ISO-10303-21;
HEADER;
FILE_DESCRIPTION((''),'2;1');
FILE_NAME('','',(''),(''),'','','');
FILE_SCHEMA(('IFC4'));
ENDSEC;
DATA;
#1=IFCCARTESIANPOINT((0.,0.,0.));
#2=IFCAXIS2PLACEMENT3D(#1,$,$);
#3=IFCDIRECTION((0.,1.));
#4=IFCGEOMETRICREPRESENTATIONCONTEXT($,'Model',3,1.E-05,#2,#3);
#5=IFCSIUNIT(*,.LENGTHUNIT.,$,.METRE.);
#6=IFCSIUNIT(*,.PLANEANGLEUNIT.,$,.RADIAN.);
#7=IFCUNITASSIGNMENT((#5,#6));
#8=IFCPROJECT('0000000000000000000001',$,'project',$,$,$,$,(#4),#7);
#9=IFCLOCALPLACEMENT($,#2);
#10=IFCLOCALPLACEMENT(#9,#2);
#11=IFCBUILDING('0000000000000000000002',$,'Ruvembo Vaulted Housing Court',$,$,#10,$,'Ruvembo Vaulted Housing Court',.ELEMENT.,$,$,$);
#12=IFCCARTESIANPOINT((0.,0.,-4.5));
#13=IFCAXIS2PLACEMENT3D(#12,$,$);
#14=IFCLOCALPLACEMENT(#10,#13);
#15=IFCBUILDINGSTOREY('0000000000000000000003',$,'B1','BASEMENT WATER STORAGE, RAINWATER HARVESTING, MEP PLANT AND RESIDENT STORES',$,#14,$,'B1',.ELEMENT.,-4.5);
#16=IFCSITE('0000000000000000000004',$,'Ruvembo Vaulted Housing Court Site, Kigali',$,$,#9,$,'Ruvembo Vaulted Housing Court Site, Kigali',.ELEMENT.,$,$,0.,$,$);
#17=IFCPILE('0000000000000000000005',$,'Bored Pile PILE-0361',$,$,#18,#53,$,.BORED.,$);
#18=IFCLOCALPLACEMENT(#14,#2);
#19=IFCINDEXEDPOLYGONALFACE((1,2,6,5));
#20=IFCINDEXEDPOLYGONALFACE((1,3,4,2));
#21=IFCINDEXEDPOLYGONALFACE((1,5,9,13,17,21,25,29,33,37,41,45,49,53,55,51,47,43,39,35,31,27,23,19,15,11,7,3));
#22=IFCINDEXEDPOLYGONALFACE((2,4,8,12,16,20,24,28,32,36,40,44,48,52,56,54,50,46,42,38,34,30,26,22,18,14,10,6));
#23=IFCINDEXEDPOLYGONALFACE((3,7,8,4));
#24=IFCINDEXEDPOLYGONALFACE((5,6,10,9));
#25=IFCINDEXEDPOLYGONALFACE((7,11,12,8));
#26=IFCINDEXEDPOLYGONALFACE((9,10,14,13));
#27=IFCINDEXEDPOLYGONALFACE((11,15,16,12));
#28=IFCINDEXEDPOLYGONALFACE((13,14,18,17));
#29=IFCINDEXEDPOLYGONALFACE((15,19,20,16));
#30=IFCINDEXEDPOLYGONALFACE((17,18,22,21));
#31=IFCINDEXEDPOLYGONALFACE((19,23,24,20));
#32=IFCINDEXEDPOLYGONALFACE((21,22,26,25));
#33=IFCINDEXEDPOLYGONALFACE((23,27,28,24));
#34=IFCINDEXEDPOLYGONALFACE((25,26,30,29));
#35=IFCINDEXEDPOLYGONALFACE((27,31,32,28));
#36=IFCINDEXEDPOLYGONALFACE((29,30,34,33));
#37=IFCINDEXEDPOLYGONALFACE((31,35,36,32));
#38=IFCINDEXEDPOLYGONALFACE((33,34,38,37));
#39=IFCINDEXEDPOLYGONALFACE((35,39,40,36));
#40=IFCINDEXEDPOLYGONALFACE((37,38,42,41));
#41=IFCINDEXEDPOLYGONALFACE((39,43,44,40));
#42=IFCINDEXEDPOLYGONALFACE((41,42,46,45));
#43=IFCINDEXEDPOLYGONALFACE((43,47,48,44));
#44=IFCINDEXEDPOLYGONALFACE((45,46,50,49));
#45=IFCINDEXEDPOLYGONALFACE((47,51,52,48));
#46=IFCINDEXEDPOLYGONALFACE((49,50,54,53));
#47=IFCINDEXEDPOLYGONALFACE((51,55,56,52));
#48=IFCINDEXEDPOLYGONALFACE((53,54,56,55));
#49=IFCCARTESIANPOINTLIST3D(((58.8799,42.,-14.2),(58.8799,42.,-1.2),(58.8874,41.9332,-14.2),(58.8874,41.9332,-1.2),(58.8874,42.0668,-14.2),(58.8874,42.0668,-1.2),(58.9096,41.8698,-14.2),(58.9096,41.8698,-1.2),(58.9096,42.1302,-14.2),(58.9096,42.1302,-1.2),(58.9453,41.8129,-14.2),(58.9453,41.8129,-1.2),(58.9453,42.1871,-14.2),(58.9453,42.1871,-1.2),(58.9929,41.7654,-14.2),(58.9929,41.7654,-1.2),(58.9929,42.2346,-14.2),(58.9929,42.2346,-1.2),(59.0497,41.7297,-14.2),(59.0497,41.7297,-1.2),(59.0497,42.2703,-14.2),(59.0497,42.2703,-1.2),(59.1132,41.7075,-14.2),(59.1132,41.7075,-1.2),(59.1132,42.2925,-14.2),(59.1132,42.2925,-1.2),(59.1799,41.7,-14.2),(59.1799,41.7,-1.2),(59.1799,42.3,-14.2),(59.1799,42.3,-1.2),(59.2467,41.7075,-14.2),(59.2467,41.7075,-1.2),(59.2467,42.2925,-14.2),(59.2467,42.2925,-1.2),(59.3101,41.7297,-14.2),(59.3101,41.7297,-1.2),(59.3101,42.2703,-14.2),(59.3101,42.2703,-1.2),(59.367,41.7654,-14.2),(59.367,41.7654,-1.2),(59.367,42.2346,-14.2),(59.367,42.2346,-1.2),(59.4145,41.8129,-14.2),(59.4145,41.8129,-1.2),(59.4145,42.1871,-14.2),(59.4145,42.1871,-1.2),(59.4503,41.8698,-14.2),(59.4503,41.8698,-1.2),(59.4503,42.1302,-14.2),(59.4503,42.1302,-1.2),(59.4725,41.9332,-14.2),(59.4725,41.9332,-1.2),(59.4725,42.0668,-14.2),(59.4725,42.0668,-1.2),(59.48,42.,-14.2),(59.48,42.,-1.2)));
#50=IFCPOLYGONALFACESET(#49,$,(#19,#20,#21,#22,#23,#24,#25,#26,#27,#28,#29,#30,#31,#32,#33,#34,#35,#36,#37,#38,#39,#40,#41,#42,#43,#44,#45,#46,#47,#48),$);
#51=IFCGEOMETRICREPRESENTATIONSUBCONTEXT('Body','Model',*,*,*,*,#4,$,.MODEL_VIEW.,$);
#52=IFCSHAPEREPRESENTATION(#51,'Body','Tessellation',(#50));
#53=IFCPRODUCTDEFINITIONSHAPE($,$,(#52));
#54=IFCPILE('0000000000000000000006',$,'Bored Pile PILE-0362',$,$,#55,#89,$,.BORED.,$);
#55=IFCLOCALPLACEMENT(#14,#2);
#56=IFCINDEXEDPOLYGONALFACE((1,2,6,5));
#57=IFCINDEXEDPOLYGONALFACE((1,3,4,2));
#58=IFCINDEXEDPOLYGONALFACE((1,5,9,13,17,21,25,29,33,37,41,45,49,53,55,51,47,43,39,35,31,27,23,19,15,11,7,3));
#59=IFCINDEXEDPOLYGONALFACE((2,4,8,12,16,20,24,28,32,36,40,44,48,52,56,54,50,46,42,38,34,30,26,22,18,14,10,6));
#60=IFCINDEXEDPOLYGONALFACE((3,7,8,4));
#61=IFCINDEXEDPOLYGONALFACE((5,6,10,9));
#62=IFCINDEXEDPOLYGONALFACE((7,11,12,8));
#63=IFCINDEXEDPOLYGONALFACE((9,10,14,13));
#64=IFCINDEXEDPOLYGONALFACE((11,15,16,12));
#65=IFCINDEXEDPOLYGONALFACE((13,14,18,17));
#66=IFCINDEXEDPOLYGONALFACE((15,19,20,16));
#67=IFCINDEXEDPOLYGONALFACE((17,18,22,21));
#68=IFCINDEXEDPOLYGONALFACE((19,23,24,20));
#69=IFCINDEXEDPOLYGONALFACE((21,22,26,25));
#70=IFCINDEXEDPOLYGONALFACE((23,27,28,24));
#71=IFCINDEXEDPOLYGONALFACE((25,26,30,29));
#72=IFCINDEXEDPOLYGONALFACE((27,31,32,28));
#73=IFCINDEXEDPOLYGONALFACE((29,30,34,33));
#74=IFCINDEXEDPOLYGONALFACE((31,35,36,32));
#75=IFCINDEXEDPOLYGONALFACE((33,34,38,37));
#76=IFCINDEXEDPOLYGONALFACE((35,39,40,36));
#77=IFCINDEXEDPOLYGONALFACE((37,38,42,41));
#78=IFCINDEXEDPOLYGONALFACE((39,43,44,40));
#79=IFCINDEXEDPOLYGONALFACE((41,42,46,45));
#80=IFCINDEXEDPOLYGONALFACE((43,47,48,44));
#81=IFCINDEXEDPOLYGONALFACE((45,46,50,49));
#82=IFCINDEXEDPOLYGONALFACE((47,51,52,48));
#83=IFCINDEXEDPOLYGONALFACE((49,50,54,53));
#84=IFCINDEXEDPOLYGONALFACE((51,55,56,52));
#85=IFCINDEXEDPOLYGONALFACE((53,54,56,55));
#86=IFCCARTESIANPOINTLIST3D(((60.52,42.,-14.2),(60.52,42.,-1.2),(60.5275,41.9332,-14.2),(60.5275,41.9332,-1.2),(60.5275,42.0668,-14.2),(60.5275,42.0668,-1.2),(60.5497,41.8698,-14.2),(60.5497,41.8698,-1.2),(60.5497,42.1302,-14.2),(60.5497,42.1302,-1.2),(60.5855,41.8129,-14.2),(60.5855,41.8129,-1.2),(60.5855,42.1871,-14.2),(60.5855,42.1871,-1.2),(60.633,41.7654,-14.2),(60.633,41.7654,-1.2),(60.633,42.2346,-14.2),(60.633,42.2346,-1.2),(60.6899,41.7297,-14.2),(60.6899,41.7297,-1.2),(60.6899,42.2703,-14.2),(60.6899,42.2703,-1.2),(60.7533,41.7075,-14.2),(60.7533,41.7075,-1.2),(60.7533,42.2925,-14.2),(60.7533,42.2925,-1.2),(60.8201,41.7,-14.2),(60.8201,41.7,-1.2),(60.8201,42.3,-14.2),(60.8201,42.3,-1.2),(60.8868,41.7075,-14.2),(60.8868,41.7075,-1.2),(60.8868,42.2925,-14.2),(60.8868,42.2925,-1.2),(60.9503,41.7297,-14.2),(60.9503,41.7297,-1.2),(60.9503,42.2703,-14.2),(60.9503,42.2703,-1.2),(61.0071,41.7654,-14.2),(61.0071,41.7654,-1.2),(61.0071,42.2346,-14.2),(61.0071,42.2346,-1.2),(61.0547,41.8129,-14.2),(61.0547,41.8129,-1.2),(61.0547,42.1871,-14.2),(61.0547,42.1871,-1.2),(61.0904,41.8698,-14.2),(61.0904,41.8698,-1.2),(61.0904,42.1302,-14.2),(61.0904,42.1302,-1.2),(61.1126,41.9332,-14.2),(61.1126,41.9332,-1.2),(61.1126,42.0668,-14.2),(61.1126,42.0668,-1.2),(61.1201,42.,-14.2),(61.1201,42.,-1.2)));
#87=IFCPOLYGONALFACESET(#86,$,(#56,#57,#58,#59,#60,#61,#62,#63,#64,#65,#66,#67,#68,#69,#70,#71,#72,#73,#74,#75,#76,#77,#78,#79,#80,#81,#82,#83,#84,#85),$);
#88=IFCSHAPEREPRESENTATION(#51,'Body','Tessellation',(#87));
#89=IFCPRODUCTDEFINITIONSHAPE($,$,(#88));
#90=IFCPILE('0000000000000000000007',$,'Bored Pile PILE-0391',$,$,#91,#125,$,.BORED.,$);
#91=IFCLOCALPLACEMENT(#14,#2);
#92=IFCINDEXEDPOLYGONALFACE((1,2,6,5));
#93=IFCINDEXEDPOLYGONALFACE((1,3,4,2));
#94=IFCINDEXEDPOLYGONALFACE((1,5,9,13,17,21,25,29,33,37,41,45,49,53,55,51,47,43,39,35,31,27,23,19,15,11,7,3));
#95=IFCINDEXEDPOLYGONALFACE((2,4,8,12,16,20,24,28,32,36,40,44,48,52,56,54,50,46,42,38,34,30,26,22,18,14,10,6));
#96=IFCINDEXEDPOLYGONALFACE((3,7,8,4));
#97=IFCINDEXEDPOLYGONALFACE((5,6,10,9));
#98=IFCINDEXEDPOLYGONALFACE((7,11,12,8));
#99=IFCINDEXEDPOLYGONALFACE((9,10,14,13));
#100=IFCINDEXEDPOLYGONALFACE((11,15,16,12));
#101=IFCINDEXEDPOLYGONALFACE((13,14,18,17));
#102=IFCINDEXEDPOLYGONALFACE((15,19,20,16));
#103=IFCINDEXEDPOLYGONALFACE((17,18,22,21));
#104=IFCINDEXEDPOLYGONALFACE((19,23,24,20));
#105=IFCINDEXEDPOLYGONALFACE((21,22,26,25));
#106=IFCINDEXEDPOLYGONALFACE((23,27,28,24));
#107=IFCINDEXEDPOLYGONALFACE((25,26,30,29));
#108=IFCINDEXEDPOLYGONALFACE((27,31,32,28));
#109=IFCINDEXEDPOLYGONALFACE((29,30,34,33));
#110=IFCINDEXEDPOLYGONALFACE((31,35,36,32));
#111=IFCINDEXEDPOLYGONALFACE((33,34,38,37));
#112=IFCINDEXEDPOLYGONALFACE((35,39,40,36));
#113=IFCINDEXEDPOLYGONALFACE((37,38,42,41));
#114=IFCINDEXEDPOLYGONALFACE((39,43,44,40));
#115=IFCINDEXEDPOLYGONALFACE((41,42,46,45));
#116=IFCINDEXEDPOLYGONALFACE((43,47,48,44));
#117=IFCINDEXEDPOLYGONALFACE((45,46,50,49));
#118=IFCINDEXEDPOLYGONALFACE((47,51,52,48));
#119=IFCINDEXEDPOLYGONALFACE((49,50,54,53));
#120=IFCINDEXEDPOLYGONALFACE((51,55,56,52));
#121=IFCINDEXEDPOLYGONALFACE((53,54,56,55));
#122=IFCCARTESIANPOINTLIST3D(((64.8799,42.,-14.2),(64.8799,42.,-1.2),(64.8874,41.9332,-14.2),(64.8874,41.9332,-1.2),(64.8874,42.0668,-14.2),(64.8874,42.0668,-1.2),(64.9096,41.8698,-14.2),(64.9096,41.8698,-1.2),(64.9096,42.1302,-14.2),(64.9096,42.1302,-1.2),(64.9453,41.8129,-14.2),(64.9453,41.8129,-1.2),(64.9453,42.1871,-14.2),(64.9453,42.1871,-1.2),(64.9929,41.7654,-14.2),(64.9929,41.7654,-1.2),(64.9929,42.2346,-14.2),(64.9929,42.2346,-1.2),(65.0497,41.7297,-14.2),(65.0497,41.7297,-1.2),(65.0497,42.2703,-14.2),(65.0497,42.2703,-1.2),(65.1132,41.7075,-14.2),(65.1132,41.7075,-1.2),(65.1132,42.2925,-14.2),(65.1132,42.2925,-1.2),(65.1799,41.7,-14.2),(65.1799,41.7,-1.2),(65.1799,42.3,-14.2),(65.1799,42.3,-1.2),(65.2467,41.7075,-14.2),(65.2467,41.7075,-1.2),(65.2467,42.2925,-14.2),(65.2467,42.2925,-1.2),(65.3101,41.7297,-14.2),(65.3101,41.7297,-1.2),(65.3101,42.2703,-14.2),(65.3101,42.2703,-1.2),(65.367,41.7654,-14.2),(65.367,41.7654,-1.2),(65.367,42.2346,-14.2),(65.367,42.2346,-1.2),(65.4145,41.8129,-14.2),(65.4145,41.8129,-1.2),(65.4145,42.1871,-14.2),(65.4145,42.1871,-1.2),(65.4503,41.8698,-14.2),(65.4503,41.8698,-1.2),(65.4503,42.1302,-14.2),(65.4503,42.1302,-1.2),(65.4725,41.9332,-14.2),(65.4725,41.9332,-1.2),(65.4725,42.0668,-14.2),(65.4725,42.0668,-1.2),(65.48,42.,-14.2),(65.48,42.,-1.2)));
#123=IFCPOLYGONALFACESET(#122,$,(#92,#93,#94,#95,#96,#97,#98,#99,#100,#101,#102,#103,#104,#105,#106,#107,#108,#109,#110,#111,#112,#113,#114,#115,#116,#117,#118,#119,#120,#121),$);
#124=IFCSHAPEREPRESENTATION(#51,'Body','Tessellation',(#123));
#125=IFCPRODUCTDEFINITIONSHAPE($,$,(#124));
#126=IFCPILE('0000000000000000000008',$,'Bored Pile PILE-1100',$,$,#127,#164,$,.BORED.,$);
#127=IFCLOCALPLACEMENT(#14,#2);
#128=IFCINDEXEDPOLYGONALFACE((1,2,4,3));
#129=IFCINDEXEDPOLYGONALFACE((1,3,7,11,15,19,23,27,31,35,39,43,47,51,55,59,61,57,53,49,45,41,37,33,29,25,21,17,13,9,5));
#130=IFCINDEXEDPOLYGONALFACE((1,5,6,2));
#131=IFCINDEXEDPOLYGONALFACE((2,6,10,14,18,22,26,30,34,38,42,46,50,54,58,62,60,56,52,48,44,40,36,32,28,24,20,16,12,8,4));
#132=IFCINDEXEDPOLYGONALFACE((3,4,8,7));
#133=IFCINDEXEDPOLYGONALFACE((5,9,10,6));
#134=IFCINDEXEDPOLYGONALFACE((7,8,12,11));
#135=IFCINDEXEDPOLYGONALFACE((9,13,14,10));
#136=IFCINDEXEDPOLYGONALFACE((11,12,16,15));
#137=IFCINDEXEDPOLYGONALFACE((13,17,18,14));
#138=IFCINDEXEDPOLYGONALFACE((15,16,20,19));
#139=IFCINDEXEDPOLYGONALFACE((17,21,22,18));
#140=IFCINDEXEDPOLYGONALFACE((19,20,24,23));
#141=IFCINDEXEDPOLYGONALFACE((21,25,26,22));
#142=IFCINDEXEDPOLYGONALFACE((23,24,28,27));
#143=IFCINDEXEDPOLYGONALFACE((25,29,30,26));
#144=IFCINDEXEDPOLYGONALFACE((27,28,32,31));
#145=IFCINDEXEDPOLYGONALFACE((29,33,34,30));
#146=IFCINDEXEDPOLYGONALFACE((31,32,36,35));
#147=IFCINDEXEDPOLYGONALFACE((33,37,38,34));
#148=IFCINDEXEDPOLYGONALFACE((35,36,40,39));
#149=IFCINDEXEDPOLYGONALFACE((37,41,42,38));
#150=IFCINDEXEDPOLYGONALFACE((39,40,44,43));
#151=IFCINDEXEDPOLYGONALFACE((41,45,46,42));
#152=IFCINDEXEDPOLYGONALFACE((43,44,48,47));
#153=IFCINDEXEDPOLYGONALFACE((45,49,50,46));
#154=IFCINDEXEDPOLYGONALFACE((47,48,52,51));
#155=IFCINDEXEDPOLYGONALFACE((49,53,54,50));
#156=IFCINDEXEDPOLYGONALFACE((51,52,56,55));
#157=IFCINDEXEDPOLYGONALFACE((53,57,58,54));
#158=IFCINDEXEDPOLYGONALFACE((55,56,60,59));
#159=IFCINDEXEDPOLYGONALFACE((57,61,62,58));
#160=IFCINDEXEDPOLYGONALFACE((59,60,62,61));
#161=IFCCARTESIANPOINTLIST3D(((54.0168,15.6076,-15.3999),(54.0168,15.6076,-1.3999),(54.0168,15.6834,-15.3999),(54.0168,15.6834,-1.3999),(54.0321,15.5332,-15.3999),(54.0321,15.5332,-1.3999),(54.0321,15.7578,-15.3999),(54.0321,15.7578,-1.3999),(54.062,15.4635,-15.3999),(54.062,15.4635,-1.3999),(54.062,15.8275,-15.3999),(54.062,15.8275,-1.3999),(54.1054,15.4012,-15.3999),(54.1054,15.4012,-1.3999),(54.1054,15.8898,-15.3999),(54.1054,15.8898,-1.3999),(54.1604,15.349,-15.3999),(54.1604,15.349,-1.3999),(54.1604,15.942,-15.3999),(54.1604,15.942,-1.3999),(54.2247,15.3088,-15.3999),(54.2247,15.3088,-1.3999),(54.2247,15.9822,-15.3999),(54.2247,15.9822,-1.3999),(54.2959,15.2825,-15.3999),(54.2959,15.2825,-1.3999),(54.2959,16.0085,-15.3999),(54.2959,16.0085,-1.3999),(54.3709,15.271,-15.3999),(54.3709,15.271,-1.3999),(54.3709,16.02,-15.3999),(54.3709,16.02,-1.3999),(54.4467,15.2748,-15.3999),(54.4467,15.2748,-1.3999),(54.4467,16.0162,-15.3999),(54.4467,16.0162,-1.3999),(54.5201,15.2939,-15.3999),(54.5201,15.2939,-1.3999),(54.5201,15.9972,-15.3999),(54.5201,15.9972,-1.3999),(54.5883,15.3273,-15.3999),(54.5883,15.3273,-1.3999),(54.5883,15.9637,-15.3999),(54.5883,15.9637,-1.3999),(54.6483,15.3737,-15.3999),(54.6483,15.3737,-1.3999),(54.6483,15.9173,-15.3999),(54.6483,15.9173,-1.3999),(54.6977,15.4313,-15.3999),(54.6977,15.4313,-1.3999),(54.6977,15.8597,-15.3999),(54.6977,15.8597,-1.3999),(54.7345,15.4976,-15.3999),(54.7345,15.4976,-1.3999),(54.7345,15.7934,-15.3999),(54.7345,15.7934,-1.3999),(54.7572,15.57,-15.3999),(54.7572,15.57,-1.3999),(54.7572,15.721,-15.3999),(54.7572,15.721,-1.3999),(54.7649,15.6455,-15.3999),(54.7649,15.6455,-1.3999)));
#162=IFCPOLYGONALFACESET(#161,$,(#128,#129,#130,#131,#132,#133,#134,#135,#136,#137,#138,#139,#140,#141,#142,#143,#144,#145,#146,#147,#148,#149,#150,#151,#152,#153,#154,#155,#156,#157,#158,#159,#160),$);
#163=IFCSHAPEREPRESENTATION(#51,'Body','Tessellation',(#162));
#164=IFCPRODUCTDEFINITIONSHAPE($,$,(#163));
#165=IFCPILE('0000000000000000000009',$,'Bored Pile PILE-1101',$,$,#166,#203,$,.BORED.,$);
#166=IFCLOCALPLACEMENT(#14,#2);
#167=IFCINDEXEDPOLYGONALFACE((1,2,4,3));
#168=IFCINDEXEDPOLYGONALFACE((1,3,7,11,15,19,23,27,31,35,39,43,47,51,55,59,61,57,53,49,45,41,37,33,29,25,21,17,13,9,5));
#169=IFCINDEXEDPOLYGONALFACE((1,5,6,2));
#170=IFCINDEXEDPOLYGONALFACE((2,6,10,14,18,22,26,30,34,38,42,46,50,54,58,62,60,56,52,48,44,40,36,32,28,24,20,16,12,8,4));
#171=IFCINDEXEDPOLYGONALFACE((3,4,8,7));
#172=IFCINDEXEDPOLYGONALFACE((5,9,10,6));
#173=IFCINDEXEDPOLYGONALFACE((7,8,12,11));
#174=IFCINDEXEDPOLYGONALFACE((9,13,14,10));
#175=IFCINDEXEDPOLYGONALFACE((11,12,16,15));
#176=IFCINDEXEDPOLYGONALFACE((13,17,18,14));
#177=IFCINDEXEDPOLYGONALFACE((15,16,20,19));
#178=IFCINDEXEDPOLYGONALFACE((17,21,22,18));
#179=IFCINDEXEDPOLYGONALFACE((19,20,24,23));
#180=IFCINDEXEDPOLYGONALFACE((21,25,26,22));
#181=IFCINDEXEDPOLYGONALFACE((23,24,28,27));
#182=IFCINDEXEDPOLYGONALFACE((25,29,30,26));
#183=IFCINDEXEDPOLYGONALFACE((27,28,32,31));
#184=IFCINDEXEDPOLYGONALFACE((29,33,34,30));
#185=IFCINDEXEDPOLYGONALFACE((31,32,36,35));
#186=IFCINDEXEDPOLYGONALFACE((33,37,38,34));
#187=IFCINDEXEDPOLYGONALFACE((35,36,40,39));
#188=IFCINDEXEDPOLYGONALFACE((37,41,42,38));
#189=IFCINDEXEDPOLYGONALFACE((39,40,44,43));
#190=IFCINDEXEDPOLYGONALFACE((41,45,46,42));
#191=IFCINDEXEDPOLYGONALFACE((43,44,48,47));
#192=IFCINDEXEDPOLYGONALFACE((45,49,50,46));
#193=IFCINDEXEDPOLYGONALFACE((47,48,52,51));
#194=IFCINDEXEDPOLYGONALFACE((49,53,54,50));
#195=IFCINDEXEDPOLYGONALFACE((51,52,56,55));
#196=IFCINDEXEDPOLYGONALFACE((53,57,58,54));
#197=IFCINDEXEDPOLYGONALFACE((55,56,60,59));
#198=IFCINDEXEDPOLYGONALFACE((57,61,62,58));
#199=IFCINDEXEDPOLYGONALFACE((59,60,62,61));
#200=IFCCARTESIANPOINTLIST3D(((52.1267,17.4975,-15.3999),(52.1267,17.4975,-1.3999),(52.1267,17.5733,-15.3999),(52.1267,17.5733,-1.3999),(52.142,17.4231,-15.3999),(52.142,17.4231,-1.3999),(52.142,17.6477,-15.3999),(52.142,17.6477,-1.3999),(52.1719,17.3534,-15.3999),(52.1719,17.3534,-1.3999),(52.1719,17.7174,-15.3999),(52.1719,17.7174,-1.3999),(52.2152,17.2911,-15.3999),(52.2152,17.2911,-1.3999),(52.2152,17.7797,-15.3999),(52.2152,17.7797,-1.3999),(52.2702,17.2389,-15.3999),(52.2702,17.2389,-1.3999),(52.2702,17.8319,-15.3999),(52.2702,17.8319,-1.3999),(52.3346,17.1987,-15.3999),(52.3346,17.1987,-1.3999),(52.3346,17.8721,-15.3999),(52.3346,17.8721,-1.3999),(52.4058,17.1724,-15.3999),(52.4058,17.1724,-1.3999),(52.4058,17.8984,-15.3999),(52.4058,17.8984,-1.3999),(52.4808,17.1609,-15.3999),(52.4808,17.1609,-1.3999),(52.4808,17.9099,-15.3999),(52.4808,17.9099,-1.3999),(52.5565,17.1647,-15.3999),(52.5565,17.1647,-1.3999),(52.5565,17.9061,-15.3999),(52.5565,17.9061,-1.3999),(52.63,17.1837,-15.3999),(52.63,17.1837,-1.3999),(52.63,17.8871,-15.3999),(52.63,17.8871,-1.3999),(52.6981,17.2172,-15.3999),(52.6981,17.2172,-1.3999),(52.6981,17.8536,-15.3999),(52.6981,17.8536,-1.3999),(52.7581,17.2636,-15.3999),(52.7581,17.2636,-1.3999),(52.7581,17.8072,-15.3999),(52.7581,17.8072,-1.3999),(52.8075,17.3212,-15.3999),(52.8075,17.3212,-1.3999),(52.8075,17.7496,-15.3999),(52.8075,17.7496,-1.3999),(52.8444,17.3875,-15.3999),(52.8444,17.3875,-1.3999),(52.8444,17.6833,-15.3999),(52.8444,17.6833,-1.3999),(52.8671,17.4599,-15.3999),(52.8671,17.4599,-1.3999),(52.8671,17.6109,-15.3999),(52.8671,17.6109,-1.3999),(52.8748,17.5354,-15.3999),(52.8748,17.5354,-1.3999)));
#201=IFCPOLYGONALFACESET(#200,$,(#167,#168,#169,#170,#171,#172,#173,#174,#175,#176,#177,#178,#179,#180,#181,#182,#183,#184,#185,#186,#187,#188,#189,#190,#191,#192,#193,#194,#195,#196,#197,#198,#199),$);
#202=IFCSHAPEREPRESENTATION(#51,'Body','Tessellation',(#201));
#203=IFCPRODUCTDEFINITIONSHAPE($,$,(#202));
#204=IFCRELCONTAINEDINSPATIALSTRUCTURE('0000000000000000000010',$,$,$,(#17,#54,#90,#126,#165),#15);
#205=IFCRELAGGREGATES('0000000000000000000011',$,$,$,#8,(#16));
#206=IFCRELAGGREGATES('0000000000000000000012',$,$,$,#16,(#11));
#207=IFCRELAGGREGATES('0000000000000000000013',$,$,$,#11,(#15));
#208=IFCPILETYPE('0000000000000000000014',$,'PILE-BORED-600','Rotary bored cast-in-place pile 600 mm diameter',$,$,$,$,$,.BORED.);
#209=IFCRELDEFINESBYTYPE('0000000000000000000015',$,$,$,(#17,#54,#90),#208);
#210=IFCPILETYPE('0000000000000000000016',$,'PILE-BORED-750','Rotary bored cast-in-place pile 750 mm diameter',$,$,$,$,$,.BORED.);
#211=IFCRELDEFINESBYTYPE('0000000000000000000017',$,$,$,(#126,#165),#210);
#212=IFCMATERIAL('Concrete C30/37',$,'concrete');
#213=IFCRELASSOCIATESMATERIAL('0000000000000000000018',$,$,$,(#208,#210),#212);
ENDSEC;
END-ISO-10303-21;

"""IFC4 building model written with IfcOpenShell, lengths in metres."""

from ifc_helpers import new_model, si_unit, direction, frame, origin, origin_2d, place, context, subcontext, project, spatial, circle, extrude, material, material_profile, profile_set, type_object, element, save


model = new_model("IFC4")

# Units and contexts
model_context = context("Model", 3, precision=1e-05, world=origin(), true_north=direction((0.0, 1.0)))
body_context = subcontext(model_context, "Body", "Model", "MODEL_VIEW")
ifc_project = project(units=[si_unit("LENGTHUNIT", "METRE"), si_unit("PLANEANGLEUNIT", "RADIAN")], contexts=[model_context])

# Site, building, storey
site_placement = place(None, origin())
site = spatial("IfcSite", under=ifc_project, at=site_placement, Name="Ruvembo Vaulted Housing Court Site, Kigali", LongName="Ruvembo Vaulted Housing Court Site, Kigali", CompositionType="ELEMENT", RefElevation=0.0)
building_placement = place(site_placement, origin())
building = spatial("IfcBuilding", under=site, at=building_placement, Name="Ruvembo Vaulted Housing Court", LongName="Ruvembo Vaulted Housing Court", CompositionType="ELEMENT")
storey_placement = place(building_placement, frame((0.0, 0.0, -4.5)))
storey = spatial("IfcBuildingStorey", under=building, at=storey_placement, Name="B1", Description="BASEMENT WATER STORAGE, RAINWATER HARVESTING, MEP PLANT AND RESIDENT STORES", LongName="B1", CompositionType="ELEMENT", Elevation=-4.5)

# Piles
ifc_material_1 = material(Name="Concrete C30/37", Category="concrete")
ifc_material_profile_1 = material_profile(ifc_material_1, circle(Radius=0.3, at=origin_2d()), Name="PILE D600")
ifc_profile_set_1 = profile_set([ifc_material_profile_1], Name="Concrete C30/37")
pile_type_1 = type_object("IfcPileType", Name="PILE-BORED-600", Description="Rotary bored cast-in-place pile 600 mm diameter", PredefinedType="BORED", material=ifc_profile_set_1)
for number, where, z_axis, x_axis, name in (
    (1, (59.1799, 42.0, -1.2), (0.0, 0.0, -1.0), (1.0, 0.0, 0.0), "Bored Pile PILE-0361"),
    (2, (60.8201, 42.0, -1.2), (0.0, 0.0, -1.0), (1.0, 0.0, 0.0), "Bored Pile PILE-0362"),
    (3, (65.1799, 42.0, -1.2), (0.0, 0.0, -1.0), (1.0, 0.0, 0.0), "Bored Pile PILE-0391"),
):
    element("IfcPile", number, at=place(storey_placement, frame(where, z_axis=z_axis, x_axis=x_axis)), inside=storey, type_object=pile_type_1, Name=name, PredefinedType="BORED", context=body_context, shape_type="SweptSolid", body=[
        extrude(circle(Radius=0.3, at=origin_2d()), origin(), (0.0, 0.0, 1.0), 13.0),
    ])
ifc_material_profile_2 = material_profile(ifc_material_1, circle(Radius=0.375, at=origin_2d()), Name="PILE D750")
ifc_profile_set_2 = profile_set([ifc_material_profile_2], Name="Concrete C30/37")
pile_type_2 = type_object("IfcPileType", Name="PILE-BORED-750", Description="Rotary bored cast-in-place pile 750 mm diameter", PredefinedType="BORED", material=ifc_profile_set_2)
for number, where, z_axis, x_axis, name in (
    (4, (54.3899, 15.6455, -1.3999), (0.0, 0.0, -1.0), (1.0, 0.0, 0.0), "Bored Pile PILE-1100"),
    (5, (52.4998, 17.5354, -1.3999), (0.0, 0.0, -1.0), (1.0, 0.0, 0.0), "Bored Pile PILE-1101"),
):
    element("IfcPile", number, at=place(storey_placement, frame(where, z_axis=z_axis, x_axis=x_axis)), inside=storey, type_object=pile_type_2, Name=name, PredefinedType="BORED", context=body_context, shape_type="SweptSolid", body=[
        extrude(circle(Radius=0.375, at=origin_2d()), origin(), (0.0, 0.0, 1.0), 14.0),
    ])

save(model, "model.ifc")
